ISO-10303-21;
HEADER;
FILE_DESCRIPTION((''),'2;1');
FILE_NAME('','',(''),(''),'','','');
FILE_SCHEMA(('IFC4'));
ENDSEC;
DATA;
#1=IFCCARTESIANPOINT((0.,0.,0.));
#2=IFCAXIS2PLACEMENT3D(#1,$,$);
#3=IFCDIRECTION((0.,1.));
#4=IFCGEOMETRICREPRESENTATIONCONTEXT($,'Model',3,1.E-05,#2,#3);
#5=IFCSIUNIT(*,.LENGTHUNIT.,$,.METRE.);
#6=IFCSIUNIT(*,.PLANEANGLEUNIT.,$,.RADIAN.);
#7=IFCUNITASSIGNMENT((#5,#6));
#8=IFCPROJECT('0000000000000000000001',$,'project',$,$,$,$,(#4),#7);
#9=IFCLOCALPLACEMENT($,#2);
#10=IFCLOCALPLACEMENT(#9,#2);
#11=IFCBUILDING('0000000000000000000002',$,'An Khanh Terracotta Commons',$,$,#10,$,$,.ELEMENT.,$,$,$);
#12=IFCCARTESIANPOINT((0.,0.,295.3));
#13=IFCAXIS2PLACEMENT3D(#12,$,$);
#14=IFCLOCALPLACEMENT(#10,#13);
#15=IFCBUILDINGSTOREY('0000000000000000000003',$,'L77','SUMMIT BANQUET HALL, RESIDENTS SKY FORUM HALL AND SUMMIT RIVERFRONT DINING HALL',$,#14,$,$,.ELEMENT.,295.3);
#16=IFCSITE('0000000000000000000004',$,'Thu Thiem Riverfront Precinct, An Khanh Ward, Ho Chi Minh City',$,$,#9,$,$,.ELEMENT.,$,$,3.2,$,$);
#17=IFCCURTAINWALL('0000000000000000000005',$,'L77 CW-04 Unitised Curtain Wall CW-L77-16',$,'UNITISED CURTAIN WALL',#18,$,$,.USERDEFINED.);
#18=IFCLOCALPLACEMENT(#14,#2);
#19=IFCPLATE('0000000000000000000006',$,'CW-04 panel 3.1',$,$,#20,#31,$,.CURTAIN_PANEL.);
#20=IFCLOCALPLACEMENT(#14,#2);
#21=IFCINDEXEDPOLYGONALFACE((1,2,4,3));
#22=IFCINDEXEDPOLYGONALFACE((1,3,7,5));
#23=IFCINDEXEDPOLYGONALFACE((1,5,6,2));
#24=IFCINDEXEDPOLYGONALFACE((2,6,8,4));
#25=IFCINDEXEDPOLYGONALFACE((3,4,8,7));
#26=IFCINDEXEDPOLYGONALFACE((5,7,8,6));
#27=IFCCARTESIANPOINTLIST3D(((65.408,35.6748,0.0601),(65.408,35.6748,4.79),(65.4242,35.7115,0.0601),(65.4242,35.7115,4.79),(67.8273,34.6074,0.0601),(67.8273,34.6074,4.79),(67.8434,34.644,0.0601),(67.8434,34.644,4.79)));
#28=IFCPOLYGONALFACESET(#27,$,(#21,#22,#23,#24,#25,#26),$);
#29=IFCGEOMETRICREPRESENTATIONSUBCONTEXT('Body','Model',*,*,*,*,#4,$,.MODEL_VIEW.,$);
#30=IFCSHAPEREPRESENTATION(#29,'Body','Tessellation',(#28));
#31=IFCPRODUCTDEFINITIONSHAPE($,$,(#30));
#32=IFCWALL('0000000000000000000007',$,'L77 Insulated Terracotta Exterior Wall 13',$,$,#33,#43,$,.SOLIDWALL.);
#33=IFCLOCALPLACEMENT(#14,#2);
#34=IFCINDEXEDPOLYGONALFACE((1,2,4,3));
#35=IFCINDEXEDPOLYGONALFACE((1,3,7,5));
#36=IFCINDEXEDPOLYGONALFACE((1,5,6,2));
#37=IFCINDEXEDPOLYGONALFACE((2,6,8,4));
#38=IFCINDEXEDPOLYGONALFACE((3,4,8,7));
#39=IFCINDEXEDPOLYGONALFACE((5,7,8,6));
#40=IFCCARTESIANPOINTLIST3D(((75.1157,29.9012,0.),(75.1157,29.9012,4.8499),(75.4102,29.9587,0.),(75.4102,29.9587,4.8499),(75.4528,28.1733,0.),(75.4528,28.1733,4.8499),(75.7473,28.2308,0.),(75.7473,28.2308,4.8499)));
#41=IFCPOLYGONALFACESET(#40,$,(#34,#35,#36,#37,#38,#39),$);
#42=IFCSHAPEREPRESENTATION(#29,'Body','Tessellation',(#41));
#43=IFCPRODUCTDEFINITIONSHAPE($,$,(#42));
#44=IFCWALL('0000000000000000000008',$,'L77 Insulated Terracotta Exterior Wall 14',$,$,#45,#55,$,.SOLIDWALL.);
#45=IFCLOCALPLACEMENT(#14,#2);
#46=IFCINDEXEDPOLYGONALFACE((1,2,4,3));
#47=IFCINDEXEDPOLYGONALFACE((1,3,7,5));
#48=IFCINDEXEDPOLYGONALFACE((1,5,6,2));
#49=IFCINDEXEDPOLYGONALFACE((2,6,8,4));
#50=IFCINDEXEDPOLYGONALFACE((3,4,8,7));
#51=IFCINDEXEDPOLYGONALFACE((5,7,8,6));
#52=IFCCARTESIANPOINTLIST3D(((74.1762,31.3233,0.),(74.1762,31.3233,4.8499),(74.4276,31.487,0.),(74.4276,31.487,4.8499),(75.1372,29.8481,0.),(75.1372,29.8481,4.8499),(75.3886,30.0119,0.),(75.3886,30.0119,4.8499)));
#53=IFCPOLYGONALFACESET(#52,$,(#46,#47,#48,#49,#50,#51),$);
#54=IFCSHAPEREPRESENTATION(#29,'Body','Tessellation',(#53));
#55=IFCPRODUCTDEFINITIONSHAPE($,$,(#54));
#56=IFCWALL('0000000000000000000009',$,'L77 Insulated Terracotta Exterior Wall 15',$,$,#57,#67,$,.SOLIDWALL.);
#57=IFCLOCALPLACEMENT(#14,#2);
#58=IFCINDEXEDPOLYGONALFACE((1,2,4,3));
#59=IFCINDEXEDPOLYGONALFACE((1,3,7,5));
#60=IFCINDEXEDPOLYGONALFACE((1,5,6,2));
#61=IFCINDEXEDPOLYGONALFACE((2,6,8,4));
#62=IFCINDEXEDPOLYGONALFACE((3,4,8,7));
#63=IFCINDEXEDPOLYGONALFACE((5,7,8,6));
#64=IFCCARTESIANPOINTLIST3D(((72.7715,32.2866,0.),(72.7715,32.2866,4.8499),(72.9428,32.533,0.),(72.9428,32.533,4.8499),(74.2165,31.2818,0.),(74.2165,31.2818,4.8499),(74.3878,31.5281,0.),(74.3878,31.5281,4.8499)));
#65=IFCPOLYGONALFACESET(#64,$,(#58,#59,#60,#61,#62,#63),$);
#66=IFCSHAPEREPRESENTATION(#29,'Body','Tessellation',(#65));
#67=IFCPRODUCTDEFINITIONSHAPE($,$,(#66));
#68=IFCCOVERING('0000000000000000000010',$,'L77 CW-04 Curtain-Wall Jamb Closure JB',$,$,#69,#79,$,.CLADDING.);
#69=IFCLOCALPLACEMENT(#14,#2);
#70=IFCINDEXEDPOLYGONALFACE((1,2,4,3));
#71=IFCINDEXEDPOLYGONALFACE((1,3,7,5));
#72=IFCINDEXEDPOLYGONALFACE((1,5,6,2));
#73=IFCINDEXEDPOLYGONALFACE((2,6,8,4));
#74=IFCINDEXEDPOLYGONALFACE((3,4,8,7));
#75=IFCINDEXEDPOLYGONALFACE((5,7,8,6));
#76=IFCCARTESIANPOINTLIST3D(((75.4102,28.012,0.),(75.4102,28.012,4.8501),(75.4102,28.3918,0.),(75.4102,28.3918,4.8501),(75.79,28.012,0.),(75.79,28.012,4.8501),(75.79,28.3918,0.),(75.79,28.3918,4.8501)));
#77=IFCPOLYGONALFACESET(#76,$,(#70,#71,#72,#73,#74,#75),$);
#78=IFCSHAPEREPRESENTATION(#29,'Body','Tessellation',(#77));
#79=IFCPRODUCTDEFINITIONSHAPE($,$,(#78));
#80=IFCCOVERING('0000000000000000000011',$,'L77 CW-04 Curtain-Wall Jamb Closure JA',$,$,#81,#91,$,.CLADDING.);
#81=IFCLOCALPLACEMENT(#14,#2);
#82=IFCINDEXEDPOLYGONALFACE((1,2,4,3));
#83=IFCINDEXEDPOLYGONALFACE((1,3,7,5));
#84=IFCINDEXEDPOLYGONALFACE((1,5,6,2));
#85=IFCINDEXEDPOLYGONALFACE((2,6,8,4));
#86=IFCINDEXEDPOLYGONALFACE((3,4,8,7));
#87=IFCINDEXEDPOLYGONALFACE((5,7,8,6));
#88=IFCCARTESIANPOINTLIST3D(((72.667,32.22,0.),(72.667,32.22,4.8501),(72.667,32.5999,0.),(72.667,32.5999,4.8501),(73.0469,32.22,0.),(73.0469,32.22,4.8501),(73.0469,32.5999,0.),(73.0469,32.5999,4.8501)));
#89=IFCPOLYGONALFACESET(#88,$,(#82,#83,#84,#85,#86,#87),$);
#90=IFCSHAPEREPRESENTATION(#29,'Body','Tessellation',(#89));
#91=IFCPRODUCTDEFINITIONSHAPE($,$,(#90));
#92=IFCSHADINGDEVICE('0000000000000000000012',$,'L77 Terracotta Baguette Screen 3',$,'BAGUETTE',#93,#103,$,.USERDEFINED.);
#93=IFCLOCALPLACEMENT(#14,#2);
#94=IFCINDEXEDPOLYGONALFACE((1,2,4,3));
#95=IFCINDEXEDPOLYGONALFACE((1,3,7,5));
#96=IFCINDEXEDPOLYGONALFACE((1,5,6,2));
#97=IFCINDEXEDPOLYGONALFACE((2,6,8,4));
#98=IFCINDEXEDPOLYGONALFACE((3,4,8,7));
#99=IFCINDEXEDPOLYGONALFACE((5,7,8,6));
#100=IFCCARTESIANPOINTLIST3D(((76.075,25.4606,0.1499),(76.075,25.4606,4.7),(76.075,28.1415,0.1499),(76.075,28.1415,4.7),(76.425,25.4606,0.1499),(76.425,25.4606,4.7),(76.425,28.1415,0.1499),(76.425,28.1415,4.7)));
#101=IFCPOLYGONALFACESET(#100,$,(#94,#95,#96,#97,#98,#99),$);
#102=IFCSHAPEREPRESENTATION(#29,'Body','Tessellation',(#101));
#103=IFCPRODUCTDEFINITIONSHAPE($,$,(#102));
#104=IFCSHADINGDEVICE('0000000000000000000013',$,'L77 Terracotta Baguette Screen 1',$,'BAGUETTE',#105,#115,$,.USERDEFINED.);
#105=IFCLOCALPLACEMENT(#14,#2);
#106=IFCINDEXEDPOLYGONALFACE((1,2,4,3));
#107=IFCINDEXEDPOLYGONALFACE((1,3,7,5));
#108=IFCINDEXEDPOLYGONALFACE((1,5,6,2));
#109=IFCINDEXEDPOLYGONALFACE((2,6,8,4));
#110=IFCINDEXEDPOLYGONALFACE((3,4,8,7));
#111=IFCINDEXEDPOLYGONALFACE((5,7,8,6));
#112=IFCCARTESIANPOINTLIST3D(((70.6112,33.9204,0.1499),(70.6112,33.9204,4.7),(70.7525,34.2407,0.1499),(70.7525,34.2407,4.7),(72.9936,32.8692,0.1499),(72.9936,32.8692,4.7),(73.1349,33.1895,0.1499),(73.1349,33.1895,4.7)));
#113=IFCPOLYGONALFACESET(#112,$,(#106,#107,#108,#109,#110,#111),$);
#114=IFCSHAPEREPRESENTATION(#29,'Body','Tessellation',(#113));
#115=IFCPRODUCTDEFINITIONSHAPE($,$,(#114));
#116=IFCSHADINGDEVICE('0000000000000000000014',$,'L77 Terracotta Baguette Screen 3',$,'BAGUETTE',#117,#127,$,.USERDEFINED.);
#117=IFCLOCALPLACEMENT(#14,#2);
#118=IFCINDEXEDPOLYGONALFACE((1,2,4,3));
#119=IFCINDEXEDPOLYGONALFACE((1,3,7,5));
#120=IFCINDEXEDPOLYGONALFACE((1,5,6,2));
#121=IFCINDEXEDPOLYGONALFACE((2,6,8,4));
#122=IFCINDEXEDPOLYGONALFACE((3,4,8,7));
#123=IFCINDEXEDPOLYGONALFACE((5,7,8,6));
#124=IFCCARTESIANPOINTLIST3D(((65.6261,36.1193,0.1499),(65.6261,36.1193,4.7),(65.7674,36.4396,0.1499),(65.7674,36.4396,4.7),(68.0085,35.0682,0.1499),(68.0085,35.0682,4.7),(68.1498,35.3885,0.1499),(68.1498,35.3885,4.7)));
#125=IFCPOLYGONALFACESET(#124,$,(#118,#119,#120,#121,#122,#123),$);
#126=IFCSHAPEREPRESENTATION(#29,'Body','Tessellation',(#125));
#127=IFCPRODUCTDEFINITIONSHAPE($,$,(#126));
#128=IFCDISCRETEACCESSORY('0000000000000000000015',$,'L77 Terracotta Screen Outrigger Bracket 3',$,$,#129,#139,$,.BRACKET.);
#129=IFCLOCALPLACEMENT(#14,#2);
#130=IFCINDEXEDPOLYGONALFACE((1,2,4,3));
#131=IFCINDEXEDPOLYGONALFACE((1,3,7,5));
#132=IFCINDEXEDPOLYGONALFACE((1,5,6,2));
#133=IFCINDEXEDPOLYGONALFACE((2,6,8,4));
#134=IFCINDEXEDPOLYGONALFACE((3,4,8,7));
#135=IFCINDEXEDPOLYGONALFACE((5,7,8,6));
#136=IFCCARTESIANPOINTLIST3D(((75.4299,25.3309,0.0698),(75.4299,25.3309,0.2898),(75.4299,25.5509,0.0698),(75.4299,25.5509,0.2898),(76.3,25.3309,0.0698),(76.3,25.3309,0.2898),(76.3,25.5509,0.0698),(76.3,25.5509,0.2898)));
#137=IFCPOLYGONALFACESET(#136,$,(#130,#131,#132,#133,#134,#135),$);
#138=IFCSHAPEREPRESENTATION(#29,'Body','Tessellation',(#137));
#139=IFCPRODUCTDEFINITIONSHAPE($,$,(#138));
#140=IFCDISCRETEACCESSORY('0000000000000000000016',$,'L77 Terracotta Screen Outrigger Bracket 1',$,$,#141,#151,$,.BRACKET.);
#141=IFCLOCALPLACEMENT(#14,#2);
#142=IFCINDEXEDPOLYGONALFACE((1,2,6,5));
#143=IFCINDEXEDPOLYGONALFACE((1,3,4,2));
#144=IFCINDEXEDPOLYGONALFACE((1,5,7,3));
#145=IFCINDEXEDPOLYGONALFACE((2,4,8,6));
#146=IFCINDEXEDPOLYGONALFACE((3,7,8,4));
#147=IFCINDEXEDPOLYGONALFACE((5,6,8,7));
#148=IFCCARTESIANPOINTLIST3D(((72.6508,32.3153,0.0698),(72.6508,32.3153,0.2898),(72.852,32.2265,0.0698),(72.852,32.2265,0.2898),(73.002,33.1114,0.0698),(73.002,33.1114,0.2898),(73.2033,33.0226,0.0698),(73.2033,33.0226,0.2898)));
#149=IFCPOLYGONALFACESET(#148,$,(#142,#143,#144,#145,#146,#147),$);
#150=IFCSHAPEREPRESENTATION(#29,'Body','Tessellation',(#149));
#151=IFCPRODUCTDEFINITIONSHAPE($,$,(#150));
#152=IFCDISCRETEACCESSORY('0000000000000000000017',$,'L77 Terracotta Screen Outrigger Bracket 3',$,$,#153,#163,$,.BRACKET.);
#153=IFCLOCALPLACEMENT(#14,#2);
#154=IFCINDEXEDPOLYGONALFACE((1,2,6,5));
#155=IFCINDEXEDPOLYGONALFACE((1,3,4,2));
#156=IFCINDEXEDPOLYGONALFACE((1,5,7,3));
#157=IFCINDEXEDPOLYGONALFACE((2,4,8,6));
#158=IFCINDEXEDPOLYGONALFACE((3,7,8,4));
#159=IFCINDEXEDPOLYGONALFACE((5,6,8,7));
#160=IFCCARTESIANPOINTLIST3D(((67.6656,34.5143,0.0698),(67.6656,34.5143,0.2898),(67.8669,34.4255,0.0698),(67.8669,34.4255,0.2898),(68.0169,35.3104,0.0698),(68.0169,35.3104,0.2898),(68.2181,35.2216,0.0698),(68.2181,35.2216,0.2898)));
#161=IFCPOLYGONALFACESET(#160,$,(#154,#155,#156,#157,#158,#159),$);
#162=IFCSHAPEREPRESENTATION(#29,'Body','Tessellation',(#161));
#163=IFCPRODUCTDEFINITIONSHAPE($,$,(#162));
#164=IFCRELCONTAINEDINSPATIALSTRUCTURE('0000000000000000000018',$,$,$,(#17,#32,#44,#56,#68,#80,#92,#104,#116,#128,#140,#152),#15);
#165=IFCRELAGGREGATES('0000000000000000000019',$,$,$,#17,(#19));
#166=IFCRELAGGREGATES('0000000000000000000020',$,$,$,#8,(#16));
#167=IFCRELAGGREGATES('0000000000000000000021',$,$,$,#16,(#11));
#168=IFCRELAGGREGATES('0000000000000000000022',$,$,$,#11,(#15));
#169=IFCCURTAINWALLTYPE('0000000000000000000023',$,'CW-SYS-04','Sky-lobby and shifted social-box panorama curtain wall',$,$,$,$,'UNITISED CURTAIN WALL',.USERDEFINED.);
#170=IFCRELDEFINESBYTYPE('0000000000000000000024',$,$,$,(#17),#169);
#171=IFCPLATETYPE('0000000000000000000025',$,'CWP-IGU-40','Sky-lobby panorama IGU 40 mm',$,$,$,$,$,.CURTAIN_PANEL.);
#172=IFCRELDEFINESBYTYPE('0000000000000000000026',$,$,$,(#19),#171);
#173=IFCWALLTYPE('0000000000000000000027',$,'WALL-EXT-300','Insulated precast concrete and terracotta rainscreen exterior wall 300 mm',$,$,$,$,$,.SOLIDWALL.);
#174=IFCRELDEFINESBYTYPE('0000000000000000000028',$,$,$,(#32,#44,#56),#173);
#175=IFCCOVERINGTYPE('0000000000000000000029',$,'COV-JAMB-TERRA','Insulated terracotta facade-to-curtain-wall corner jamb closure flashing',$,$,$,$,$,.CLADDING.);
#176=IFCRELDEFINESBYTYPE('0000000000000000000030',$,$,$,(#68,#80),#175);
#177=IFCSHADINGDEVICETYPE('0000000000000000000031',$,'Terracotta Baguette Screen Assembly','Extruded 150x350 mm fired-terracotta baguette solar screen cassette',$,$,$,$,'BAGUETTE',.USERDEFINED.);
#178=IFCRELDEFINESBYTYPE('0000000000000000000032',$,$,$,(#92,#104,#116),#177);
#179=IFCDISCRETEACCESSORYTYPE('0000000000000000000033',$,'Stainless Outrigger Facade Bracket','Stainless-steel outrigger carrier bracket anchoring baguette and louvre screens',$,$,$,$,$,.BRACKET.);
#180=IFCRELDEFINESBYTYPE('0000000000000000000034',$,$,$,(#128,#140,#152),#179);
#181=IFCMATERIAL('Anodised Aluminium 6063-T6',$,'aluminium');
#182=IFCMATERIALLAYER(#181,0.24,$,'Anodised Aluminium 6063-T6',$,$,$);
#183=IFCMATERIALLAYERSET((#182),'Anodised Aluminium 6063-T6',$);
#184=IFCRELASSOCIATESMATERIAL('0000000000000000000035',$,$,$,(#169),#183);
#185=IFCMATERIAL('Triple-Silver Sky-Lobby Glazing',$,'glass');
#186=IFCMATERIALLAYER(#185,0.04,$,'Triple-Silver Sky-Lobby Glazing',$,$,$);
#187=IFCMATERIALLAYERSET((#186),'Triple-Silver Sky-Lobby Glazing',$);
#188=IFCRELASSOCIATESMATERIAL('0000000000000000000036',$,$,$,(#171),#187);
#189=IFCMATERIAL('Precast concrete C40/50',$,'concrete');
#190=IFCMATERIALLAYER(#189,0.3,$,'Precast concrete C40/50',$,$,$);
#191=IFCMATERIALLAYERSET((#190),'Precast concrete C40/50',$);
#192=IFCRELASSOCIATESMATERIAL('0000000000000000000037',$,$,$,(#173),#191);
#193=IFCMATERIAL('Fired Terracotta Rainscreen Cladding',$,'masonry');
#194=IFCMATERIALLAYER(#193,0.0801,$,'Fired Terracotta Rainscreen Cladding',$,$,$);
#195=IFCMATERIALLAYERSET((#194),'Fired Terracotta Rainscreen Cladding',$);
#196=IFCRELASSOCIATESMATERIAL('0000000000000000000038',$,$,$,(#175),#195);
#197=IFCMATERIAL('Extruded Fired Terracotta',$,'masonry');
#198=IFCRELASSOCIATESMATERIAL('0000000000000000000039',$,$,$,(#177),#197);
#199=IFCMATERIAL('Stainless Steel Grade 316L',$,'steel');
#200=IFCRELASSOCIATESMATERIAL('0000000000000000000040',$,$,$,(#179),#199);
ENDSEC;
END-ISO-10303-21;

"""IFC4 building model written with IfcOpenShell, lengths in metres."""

from ifc_helpers import new_model, si_unit, direction, frame, frame_2d, origin, origin_2d, place, context, subcontext, project, spatial, rectangle, extrude, material, layer, layer_set, type_object, element, aggregate, save


model = new_model("IFC4")

# Units and contexts
model_context = context("Model", 3, precision=1e-05, world=origin(), true_north=direction((0.0, 1.0)))
body_context = subcontext(model_context, "Body", "Model", "MODEL_VIEW")
ifc_project = project(units=[si_unit("LENGTHUNIT", "METRE"), si_unit("PLANEANGLEUNIT", "RADIAN")], contexts=[model_context])

# Site, building, storey
site_placement = place(None, origin())
site = spatial("IfcSite", under=ifc_project, at=site_placement, Name="Thu Thiem Riverfront Precinct, An Khanh Ward, Ho Chi Minh City", CompositionType="ELEMENT", RefElevation=3.2)
building_placement = place(site_placement, origin())
building = spatial("IfcBuilding", under=site, at=building_placement, Name="An Khanh Terracotta Commons", CompositionType="ELEMENT")
storey_placement = place(building_placement, frame((0.0, 0.0, 295.3)))
storey = spatial("IfcBuildingStorey", under=building, at=storey_placement, Name="L77", Description="SUMMIT BANQUET HALL, RESIDENTS SKY FORUM HALL AND SUMMIT RIVERFRONT DINING HALL", CompositionType="ELEMENT", Elevation=295.3)

# Curtain wall
ifc_material_1 = material(Name="Anodised Aluminium 6063-T6", Category="aluminium")
ifc_layer_1 = layer(ifc_material_1, 0.24, Name="Anodised Aluminium 6063-T6")
ifc_layer_set_1 = layer_set([ifc_layer_1], Name="Anodised Aluminium 6063-T6")
curtain_wall_type = type_object("IfcCurtainWallType", Name="CW-SYS-04", Description="Sky-lobby and shifted social-box panorama curtain wall", ElementType="UNITISED CURTAIN WALL", PredefinedType="USERDEFINED", material=ifc_layer_set_1)
curtain_wall_1_placement = place(storey_placement, origin())
curtain_wall_1 = element("IfcCurtainWall", 1, at=curtain_wall_1_placement, inside=storey, type_object=curtain_wall_type, Name="L77 CW-04 Unitised Curtain Wall CW-L77-16", ObjectType="UNITISED CURTAIN WALL", PredefinedType="USERDEFINED")

# Plate
ifc_material_2 = material(Name="Triple-Silver Sky-Lobby Glazing", Category="glass")
ifc_layer_2 = layer(ifc_material_2, 0.04, Name="Triple-Silver Sky-Lobby Glazing")
ifc_layer_set_2 = layer_set([ifc_layer_2], Name="Triple-Silver Sky-Lobby Glazing")
plate_type = type_object("IfcPlateType", Name="CWP-IGU-40", Description="Sky-lobby panorama IGU 40 mm", PredefinedType="CURTAIN_PANEL", material=ifc_layer_set_2)
plate_1_placement = place(storey_placement, frame((66.6257, 35.1594, 0.0601), z_axis=(0.0, 0.0, 1.0), x_axis=(-0.914902, 0.403676, 0.0)))
plate_1 = element("IfcPlate", 2, at=plate_1_placement, type_object=plate_type, Name="CW-04 panel 3.1", PredefinedType="CURTAIN_PANEL", context=body_context, shape_type="SweptSolid", body=[
    extrude(rectangle(XDim=2.6443, YDim=0.04, at=origin_2d()), origin(), (0.0, 0.0, 1.0), 4.73),
])
aggregate(curtain_wall_1, [plate_1])

# Walls
ifc_material_3 = material(Name="Precast concrete C40/50", Category="concrete")
ifc_layer_3 = layer(ifc_material_3, 0.3, Name="Precast concrete C40/50")
ifc_layer_set_3 = layer_set([ifc_layer_3], Name="Precast concrete C40/50")
wall_type = type_object("IfcWallType", Name="WALL-EXT-300", Description="Insulated precast concrete and terracotta rainscreen exterior wall 300 mm", PredefinedType="SOLIDWALL", material=ifc_layer_set_3)
for number, where, z_axis, x_axis, name in (
    (3, (75.6001, 28.2019, 0.0), (0.0, 0.0, 1.0), (-0.191501, 0.981492, 0.0), "L77 Insulated Terracotta Exterior Wall 13"),
    (4, (75.2629, 29.9299, 0.0), (0.0, 0.0, 1.0), (-0.545836, 0.837892, 0.0), "L77 Insulated Terracotta Exterior Wall 14"),
):
    element("IfcWall", number, at=place(storey_placement, frame(where, z_axis=z_axis, x_axis=x_axis)), inside=storey, type_object=wall_type, Name=name, PredefinedType="SOLIDWALL", context=body_context, shape_type="SweptSolid", body=[
        extrude(rectangle(XDim=1.7605, YDim=0.3, at=frame_2d((0.8804, 0.0))), origin(), (0.0, 0.0, 1.0), 4.8499),
    ])
wall_placement = place(storey_placement, frame((74.302, 31.405, 0.0), z_axis=(0.0, 0.0, 1.0), x_axis=(-0.821007, 0.570918, 0.0)))
element("IfcWall", 5, at=wall_placement, inside=storey, type_object=wall_type, Name="L77 Insulated Terracotta Exterior Wall 15", PredefinedType="SOLIDWALL", context=body_context, shape_type="SweptSolid", body=[
    extrude(rectangle(XDim=1.76, YDim=0.3, at=frame_2d((0.8799, 0.0))), origin(), (0.0, 0.0, 1.0), 4.8499),
])

# Coverings
ifc_material_4 = material(Name="Fired Terracotta Rainscreen Cladding", Category="masonry")
ifc_layer_4 = layer(ifc_material_4, 0.0801, Name="Fired Terracotta Rainscreen Cladding")
ifc_layer_set_4 = layer_set([ifc_layer_4], Name="Fired Terracotta Rainscreen Cladding")
covering_type = type_object("IfcCoveringType", Name="COV-JAMB-TERRA", Description="Insulated terracotta facade-to-curtain-wall corner jamb closure flashing", PredefinedType="CLADDING", material=ifc_layer_set_4)
for number, where, z_axis, x_axis, name in (
    (6, (75.6001, 28.2019, 0.0), (0.0, 0.0, 1.0), (1.0, 0.0, 0.0), "L77 CW-04 Curtain-Wall Jamb Closure JB"),
    (7, (72.8569, 32.4099, 0.0), (0.0, 0.0, 1.0), (1.0, 0.0, 0.0), "L77 CW-04 Curtain-Wall Jamb Closure JA"),
):
    element("IfcCovering", number, at=place(storey_placement, frame(where, z_axis=z_axis, x_axis=x_axis)), inside=storey, type_object=covering_type, Name=name, PredefinedType="CLADDING", context=body_context, shape_type="SweptSolid", body=[
        extrude(rectangle(XDim=0.3799, YDim=0.3799, at=origin_2d()), origin(), (0.0, 0.0, 1.0), 4.8501),
    ])

# Shading devices
ifc_material_5 = material(Name="Extruded Fired Terracotta", Category="masonry")
shading_device_type = type_object("IfcShadingDeviceType", Name="Terracotta Baguette Screen Assembly", Description="Extruded 150x350 mm fired-terracotta baguette solar screen cassette", ElementType="BAGUETTE", PredefinedType="USERDEFINED", material=ifc_material_5)
shading_device_placement = place(storey_placement, frame((76.25, 26.801, 0.1499), z_axis=(0.0, 0.0, 1.0), x_axis=(0.0, 1.0, 0.0)))
element("IfcShadingDevice", 8, at=shading_device_placement, inside=storey, type_object=shading_device_type, Name="L77 Terracotta Baguette Screen 3", ObjectType="BAGUETTE", PredefinedType="USERDEFINED", context=body_context, shape_type="SweptSolid", body=[
    extrude(rectangle(XDim=2.6809, YDim=0.3501, at=origin_2d()), origin(), (0.0, 0.0, 1.0), 4.55),
])
for number, where, z_axis, x_axis, name in (
    (9, (71.873, 33.5549, 0.1499), (0.0, 0.0, 1.0), (-0.914902, 0.403676, 0.0), "L77 Terracotta Baguette Screen 1"),
    (10, (66.8879, 35.7539, 0.1499), (0.0, 0.0, 1.0), (-0.914902, 0.403676, 0.0), "L77 Terracotta Baguette Screen 3"),
):
    element("IfcShadingDevice", number, at=place(storey_placement, frame(where, z_axis=z_axis, x_axis=x_axis)), inside=storey, type_object=shading_device_type, Name=name, ObjectType="BAGUETTE", PredefinedType="USERDEFINED", context=body_context, shape_type="SweptSolid", body=[
        extrude(rectangle(XDim=2.604, YDim=0.3501, at=origin_2d()), origin(), (0.0, 0.0, 1.0), 4.55),
    ])

# Discrete accessories
ifc_material_6 = material(Name="Stainless Steel Grade 316L", Category="steel")
discrete_accessory_type = type_object("IfcDiscreteAccessoryType", Name="Stainless Outrigger Facade Bracket", Description="Stainless-steel outrigger carrier bracket anchoring baguette and louvre screens", PredefinedType="BRACKET", material=ifc_material_6)
for number, where, z_axis, x_axis, name in (
    (11, (75.865, 25.4409, 0.0698), (0.0, 0.0, 1.0), (0.0, 1.0, 0.0), "L77 Terracotta Screen Outrigger Bracket 3"),
    (12, (72.927, 32.6689, 0.0698), (0.0, 0.0, 1.0), (-0.914902, 0.403676, 0.0), "L77 Terracotta Screen Outrigger Bracket 1"),
    (13, (67.9419, 34.8679, 0.0698), (0.0, 0.0, 1.0), (-0.914902, 0.403676, 0.0), "L77 Terracotta Screen Outrigger Bracket 3"),
):
    element("IfcDiscreteAccessory", number, at=place(storey_placement, frame(where, z_axis=z_axis, x_axis=x_axis)), inside=storey, type_object=discrete_accessory_type, Name=name, PredefinedType="BRACKET", context=body_context, shape_type="SweptSolid", body=[
        extrude(rectangle(XDim=0.22, YDim=0.8701, at=origin_2d()), origin(), (0.0, 0.0, 1.0), 0.22),
    ])

save(model, "model.ifc")
